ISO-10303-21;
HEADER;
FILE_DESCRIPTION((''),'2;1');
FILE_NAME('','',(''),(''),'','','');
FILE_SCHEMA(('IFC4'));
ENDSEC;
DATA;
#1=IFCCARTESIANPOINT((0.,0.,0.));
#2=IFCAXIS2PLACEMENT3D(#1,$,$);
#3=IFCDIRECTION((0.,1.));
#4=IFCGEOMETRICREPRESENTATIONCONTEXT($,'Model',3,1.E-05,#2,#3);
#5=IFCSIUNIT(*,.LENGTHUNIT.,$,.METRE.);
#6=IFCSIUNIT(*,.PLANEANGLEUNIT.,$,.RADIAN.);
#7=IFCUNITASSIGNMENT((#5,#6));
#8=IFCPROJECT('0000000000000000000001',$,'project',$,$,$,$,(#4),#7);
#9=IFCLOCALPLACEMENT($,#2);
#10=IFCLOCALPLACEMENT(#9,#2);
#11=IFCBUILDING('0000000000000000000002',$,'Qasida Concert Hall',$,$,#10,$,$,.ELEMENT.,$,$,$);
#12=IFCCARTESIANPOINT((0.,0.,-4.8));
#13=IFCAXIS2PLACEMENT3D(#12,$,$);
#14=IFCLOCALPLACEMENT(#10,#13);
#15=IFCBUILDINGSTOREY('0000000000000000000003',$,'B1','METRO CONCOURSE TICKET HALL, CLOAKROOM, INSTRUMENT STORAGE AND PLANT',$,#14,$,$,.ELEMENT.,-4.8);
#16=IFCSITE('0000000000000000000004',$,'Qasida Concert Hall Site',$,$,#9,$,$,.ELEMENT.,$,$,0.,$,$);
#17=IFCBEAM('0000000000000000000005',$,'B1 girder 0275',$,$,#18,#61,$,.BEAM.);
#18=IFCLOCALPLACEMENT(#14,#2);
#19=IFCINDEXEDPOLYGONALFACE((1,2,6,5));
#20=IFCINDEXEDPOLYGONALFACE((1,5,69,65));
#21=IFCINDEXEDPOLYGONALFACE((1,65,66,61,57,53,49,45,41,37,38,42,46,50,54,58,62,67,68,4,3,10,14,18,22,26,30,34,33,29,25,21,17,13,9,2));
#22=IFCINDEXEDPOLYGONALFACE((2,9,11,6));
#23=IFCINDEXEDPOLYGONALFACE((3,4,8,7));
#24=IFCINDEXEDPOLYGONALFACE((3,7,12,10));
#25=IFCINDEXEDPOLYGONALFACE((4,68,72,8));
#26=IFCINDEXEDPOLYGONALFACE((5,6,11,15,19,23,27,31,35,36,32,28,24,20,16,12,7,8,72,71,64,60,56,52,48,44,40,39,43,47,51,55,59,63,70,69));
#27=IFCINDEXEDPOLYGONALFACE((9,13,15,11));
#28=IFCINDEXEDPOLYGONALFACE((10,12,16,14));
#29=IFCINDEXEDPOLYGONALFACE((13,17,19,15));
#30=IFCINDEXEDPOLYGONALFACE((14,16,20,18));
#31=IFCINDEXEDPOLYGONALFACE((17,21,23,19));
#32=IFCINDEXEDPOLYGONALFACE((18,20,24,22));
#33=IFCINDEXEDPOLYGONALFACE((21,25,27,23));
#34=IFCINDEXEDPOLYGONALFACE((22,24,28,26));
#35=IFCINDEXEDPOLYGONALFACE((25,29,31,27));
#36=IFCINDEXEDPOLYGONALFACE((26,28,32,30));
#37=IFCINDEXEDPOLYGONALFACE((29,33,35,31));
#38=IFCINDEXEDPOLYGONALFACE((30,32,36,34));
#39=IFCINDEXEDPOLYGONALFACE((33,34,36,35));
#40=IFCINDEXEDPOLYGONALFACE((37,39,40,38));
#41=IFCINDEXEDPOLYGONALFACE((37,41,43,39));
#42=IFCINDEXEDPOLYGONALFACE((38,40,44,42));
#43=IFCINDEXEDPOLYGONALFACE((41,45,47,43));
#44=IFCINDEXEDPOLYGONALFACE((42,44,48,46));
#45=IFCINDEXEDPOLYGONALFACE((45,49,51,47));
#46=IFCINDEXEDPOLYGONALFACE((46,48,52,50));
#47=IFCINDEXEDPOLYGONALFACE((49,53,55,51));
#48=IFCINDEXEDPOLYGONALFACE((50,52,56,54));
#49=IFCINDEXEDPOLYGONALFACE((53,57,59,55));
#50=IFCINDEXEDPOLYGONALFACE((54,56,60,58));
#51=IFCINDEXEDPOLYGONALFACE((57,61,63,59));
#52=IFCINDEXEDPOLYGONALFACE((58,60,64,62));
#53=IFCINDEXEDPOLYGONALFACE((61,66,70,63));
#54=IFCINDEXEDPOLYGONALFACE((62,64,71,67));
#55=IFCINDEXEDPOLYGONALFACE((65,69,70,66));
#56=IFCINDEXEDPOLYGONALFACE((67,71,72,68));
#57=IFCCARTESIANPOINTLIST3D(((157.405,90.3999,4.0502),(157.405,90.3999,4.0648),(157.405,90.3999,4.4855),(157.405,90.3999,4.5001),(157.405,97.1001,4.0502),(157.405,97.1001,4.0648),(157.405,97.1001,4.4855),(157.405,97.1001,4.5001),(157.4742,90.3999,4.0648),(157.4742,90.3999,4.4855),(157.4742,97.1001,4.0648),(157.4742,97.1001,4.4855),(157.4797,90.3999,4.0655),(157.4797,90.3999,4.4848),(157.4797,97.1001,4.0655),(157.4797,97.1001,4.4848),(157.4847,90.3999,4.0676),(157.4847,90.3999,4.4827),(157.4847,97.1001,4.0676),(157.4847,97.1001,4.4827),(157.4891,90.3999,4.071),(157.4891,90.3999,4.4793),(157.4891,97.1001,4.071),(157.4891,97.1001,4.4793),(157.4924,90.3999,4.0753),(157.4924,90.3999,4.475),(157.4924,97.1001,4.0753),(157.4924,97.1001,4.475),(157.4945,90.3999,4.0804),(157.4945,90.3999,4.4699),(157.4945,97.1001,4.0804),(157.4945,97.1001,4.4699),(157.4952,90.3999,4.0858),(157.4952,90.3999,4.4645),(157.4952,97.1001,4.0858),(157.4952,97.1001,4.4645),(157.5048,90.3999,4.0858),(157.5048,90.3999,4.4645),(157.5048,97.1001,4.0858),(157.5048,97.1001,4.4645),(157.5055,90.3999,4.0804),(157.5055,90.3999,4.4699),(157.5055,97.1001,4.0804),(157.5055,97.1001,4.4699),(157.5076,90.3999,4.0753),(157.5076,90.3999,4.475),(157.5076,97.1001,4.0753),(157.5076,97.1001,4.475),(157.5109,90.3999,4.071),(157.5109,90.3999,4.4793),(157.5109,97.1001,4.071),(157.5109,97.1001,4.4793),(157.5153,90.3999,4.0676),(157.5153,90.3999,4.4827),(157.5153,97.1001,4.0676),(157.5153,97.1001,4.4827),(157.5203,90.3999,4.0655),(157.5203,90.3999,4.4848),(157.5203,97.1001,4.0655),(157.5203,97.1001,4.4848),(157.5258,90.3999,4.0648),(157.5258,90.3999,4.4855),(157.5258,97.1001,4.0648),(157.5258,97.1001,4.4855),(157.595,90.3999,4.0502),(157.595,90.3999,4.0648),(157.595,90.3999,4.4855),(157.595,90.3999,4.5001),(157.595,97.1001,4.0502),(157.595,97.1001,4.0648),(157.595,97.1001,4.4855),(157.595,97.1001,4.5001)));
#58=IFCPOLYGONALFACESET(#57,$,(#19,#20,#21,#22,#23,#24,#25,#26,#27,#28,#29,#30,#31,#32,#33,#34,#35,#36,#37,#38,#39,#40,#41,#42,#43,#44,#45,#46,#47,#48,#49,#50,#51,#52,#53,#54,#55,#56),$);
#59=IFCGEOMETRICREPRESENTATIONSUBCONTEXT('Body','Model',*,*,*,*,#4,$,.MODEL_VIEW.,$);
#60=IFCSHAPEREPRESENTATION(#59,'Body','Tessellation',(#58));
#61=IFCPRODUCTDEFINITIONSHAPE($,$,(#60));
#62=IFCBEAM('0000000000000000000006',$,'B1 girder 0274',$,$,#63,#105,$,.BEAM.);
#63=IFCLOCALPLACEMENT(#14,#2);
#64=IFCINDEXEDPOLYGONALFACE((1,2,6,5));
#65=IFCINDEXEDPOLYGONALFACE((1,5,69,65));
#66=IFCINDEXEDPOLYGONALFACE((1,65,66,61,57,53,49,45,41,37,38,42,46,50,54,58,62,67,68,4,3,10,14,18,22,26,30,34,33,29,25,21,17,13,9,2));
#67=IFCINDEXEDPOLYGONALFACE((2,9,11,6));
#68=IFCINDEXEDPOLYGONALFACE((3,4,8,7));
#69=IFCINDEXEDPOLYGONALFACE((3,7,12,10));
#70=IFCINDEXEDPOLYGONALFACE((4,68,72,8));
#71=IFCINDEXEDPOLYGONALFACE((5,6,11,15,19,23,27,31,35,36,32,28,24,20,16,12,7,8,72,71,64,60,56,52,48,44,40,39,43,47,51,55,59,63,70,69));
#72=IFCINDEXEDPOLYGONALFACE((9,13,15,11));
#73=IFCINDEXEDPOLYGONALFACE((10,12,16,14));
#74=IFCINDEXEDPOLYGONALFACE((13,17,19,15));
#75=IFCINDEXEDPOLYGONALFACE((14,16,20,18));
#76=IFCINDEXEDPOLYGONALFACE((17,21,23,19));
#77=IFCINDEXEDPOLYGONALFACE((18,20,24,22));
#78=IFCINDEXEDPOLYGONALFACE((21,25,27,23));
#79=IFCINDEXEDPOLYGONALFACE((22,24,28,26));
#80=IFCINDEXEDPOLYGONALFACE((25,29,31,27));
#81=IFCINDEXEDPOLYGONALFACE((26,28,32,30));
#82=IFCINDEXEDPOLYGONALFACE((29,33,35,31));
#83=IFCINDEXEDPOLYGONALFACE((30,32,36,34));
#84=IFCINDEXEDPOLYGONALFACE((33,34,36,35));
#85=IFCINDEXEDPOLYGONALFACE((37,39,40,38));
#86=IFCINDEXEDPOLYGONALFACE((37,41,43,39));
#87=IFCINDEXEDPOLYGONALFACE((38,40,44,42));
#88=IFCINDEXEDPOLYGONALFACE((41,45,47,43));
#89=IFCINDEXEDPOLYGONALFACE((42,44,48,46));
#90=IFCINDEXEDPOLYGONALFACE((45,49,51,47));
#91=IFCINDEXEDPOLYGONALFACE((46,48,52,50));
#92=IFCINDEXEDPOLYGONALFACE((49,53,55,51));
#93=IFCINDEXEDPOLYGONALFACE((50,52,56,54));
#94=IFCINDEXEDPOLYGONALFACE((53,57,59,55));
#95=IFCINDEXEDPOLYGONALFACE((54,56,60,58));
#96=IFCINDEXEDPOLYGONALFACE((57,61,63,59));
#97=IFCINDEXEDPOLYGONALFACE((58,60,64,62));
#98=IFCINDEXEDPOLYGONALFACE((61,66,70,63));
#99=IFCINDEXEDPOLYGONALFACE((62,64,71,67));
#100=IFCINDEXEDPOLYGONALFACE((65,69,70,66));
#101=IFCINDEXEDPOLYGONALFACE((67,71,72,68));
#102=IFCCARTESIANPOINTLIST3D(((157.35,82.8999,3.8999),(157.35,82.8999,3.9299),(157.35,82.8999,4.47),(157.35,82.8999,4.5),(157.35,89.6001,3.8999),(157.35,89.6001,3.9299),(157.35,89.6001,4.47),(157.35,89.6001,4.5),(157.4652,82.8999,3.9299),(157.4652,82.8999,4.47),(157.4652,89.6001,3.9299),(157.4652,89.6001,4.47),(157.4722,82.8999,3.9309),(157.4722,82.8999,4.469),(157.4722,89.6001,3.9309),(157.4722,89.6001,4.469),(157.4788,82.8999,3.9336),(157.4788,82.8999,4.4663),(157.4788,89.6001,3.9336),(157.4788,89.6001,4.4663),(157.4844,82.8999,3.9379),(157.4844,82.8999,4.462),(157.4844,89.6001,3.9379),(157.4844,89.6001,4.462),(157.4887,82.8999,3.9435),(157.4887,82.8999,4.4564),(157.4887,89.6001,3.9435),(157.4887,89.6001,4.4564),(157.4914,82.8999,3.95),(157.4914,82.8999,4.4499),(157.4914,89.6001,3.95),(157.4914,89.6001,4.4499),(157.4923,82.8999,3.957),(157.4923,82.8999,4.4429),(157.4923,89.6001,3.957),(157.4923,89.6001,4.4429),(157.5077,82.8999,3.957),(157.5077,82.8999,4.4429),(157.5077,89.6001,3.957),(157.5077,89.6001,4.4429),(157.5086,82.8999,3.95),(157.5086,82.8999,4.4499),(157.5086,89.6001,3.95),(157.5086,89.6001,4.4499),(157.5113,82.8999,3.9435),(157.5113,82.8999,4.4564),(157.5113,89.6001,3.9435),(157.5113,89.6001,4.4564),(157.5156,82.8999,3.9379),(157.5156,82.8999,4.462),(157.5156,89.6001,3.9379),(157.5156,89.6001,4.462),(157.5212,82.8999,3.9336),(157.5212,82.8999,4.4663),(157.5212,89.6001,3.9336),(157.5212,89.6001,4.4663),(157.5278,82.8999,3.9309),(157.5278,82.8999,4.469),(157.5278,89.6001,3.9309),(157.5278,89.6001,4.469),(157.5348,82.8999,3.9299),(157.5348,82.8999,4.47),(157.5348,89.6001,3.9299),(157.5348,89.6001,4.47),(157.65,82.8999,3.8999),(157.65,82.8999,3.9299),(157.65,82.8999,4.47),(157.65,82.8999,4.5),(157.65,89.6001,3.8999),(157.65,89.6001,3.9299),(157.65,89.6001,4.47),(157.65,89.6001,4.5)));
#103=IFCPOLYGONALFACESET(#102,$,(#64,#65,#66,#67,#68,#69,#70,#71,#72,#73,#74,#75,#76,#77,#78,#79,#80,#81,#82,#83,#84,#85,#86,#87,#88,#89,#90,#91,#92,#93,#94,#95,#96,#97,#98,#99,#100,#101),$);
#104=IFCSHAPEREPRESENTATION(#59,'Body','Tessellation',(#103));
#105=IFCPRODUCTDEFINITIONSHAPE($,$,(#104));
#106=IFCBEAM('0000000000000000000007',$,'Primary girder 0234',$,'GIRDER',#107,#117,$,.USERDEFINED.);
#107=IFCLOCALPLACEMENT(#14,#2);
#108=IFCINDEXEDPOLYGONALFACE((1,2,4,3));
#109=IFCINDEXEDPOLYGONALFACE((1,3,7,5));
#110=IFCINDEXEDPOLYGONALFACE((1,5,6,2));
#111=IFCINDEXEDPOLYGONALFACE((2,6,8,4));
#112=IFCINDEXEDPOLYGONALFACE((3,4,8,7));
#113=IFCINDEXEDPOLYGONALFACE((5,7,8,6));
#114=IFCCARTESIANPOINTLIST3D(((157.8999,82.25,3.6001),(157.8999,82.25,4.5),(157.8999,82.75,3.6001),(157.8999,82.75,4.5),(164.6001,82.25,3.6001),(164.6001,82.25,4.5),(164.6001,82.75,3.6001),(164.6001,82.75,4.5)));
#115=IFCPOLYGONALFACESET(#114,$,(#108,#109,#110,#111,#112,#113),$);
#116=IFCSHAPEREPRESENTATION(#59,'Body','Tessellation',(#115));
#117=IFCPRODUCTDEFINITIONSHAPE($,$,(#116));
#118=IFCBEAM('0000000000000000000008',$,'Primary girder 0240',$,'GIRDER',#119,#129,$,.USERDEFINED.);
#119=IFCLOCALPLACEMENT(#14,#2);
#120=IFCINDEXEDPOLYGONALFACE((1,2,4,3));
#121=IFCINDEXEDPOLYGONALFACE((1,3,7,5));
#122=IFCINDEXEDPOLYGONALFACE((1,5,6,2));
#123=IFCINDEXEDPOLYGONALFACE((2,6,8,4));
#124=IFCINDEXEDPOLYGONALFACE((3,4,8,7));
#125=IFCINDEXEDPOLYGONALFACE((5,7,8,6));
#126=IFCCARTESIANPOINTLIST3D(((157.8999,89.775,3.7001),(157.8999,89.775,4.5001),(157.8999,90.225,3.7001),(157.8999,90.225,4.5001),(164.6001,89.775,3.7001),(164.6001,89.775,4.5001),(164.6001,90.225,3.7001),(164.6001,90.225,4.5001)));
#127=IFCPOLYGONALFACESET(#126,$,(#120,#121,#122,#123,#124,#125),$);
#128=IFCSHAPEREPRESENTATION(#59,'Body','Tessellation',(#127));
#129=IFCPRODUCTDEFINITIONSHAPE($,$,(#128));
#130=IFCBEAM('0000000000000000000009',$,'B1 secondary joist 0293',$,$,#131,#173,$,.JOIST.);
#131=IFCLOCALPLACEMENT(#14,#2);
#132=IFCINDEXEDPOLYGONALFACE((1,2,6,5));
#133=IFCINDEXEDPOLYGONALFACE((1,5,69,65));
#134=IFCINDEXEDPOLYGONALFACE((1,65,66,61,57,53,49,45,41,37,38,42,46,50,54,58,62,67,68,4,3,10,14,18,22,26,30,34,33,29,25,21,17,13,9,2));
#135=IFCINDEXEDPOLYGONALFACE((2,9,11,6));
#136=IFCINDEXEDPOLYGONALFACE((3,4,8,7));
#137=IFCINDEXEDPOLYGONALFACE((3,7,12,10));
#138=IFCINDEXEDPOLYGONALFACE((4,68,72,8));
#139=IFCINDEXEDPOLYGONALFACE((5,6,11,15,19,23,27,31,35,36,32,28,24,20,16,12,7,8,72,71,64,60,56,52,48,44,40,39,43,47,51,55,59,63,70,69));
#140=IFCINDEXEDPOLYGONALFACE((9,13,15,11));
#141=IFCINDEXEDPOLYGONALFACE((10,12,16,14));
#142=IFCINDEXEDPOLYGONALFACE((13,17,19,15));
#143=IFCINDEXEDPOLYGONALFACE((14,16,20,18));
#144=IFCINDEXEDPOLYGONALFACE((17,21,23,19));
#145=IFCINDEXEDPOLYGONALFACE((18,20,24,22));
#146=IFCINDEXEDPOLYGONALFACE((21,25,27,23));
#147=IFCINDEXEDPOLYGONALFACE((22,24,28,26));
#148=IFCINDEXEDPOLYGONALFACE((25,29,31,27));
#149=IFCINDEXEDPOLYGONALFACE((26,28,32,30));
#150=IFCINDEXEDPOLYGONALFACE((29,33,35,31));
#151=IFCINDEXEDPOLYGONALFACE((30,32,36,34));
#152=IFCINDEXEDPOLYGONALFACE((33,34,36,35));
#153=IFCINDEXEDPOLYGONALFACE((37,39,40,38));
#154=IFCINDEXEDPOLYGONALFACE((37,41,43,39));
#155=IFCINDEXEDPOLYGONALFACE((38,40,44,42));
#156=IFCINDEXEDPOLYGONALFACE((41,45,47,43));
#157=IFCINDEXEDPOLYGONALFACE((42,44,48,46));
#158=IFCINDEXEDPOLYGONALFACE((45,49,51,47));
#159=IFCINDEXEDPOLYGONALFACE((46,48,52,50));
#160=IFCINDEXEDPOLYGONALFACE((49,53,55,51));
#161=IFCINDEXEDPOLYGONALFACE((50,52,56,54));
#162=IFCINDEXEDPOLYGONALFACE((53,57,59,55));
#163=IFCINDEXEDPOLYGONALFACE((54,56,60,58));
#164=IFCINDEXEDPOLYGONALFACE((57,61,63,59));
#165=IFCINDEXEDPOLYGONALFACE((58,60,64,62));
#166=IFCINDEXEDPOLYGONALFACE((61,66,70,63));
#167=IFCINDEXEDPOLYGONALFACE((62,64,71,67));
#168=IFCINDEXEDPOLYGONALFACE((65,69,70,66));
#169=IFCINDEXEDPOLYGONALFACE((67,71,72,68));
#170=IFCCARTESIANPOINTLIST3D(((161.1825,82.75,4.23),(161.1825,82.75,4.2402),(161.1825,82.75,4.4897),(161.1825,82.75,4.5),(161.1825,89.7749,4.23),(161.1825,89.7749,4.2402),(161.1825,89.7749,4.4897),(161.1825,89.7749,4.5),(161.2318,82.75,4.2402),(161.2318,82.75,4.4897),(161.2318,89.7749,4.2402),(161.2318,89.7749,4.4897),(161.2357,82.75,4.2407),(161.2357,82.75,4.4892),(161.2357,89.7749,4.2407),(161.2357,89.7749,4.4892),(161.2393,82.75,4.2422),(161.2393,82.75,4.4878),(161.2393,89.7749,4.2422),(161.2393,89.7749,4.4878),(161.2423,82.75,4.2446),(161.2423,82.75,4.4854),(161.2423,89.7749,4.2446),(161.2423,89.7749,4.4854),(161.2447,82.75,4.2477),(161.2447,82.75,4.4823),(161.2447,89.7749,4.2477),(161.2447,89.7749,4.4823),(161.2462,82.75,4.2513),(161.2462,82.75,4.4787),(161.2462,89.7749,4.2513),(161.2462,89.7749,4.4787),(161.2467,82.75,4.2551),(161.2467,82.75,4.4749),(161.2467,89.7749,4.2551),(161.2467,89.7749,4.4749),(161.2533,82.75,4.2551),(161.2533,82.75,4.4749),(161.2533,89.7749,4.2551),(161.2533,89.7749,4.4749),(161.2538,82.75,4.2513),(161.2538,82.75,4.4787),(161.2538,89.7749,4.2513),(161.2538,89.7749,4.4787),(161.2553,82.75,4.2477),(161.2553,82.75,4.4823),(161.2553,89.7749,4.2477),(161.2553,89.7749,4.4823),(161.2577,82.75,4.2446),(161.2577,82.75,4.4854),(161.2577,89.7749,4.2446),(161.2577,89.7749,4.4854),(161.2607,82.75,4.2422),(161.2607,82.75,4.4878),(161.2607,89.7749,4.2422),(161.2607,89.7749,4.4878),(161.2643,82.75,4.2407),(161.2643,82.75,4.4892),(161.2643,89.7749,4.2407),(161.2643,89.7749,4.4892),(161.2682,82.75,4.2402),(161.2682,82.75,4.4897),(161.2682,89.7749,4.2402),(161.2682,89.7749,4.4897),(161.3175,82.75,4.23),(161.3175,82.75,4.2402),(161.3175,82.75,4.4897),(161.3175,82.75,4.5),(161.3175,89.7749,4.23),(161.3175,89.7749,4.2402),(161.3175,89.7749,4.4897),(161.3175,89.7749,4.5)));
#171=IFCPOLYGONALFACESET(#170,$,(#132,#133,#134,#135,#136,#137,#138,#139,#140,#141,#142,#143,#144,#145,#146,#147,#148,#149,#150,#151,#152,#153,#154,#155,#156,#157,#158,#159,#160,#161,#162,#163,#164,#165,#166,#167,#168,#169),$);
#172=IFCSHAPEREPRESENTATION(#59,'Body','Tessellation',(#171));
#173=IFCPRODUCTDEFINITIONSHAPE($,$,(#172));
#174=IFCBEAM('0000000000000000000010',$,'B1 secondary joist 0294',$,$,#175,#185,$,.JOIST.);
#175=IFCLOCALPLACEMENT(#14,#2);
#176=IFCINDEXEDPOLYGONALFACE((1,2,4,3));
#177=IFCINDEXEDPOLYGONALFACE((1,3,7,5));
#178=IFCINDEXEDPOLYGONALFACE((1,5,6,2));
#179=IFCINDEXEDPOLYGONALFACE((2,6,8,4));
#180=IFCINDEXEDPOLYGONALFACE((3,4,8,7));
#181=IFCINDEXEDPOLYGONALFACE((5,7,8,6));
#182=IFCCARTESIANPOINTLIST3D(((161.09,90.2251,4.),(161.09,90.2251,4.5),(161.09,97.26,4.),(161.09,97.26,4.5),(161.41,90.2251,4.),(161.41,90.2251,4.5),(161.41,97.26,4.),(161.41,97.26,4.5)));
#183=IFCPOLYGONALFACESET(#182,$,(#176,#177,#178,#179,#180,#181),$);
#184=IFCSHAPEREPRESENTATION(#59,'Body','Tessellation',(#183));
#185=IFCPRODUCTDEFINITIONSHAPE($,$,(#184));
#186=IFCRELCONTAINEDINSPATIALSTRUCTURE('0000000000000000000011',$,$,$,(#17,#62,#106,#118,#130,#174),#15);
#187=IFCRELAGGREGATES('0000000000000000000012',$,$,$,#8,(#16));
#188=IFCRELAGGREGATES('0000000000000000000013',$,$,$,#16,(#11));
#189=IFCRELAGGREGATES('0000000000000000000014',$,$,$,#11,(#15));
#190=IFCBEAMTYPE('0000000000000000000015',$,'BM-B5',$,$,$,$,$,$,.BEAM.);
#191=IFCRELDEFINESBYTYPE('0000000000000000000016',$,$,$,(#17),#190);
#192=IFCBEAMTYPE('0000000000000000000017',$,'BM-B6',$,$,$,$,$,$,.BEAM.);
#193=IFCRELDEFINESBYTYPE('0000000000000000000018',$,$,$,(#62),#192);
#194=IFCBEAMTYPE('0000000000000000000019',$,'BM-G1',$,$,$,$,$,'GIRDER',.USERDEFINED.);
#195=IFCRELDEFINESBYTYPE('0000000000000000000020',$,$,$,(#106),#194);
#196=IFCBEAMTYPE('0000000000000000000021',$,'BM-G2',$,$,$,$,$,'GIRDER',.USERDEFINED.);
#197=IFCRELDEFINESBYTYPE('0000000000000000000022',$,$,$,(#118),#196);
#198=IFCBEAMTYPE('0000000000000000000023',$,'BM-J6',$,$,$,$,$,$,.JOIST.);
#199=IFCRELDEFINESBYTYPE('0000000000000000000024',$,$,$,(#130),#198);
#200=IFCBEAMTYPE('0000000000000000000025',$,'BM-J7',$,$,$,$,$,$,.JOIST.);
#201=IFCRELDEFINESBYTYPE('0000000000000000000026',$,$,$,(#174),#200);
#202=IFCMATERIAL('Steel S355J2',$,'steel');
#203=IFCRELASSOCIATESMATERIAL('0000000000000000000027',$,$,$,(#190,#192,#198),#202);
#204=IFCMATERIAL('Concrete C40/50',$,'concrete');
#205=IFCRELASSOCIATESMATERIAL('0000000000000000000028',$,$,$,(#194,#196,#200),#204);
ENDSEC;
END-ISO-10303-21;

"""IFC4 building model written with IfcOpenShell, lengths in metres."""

from ifc_helpers import new_model, si_unit, direction, frame, origin, origin_2d, place, context, subcontext, project, spatial, rectangle, i_section, extrude, material, material_profile, profile_set, type_object, element, save


model = new_model("IFC4")

# Units and contexts
model_context = context("Model", 3, precision=1e-05, world=origin(), true_north=direction((0.0, 1.0)))
body_context = subcontext(model_context, "Body", "Model", "MODEL_VIEW")
ifc_project = project(units=[si_unit("LENGTHUNIT", "METRE"), si_unit("PLANEANGLEUNIT", "RADIAN")], contexts=[model_context])

# Site, building, storey
site_placement = place(None, origin())
site = spatial("IfcSite", under=ifc_project, at=site_placement, Name="Qasida Concert Hall Site", CompositionType="ELEMENT", RefElevation=0.0)
building_placement = place(site_placement, origin())
building = spatial("IfcBuilding", under=site, at=building_placement, Name="Qasida Concert Hall", CompositionType="ELEMENT")
storey_placement = place(building_placement, frame((0.0, 0.0, -4.8)))
storey = spatial("IfcBuildingStorey", under=building, at=storey_placement, Name="B1", Description="METRO CONCOURSE TICKET HALL, CLOAKROOM, INSTRUMENT STORAGE AND PLANT", CompositionType="ELEMENT", Elevation=-4.8)

# Shared definitions
ifc_material_1 = material(Name="Concrete C40/50", Category="concrete")

# Beams
ifc_material_2 = material(Name="Steel S355J2", Category="steel")
ifc_material_profile_1 = material_profile(ifc_material_2, i_section(OverallWidth=0.1899, OverallDepth=0.45, WebThickness=0.0095, FlangeThickness=0.0146, FilletRadius=0.021, at=origin_2d()), Name="IPE 450")
ifc_profile_set_1 = profile_set([ifc_material_profile_1], Name="Steel S355J2")
beam_type_1 = type_object("IfcBeamType", Name="BM-B5", PredefinedType="BEAM", material=ifc_profile_set_1)
beam_1_placement = place(storey_placement, frame((157.5, 90.3999, 4.2751), z_axis=(0.0, 1.0, 0.0), x_axis=(-1.0, 0.0, 0.0)))
element("IfcBeam", 1, at=beam_1_placement, inside=storey, type_object=beam_type_1, Name="B1 girder 0275", PredefinedType="BEAM", context=body_context, shape_type="SweptSolid", body=[
    extrude(i_section(OverallWidth=0.1899, OverallDepth=0.45, WebThickness=0.0095, FlangeThickness=0.0146, FilletRadius=0.021, at=origin_2d()), origin(), (0.0, 0.0, 1.0), 6.7002),
])
ifc_material_profile_2 = material_profile(ifc_material_2, i_section(OverallWidth=0.3, OverallDepth=0.6001, WebThickness=0.0154, FlangeThickness=0.03, FilletRadius=0.0271, at=origin_2d()), Name="HEB 600")
ifc_profile_set_2 = profile_set([ifc_material_profile_2], Name="Steel S355J2")
beam_type_2 = type_object("IfcBeamType", Name="BM-B6", PredefinedType="BEAM", material=ifc_profile_set_2)
beam_2_placement = place(storey_placement, frame((157.5, 82.8999, 4.2), z_axis=(0.0, 1.0, 0.0), x_axis=(-1.0, 0.0, 0.0)))
element("IfcBeam", 2, at=beam_2_placement, inside=storey, type_object=beam_type_2, Name="B1 girder 0274", PredefinedType="BEAM", context=body_context, shape_type="SweptSolid", body=[
    extrude(i_section(OverallWidth=0.3, OverallDepth=0.6001, WebThickness=0.0154, FlangeThickness=0.03, FilletRadius=0.0271, at=origin_2d()), origin(), (0.0, 0.0, 1.0), 6.7002),
])
ifc_material_profile_3 = material_profile(ifc_material_1, rectangle(XDim=0.5, YDim=0.8999, at=origin_2d()), Name="RC 500x900")
ifc_profile_set_3 = profile_set([ifc_material_profile_3], Name="Concrete C40/50")
beam_type_3 = type_object("IfcBeamType", Name="BM-G1", ElementType="GIRDER", PredefinedType="USERDEFINED", material=ifc_profile_set_3)
beam_3_placement = place(storey_placement, frame((157.8999, 82.5, 4.05), z_axis=(1.0, 0.0, 0.0), x_axis=(0.0, 1.0, 0.0)))
element("IfcBeam", 3, at=beam_3_placement, inside=storey, type_object=beam_type_3, Name="Primary girder 0234", ObjectType="GIRDER", PredefinedType="USERDEFINED", context=body_context, shape_type="SweptSolid", body=[
    extrude(rectangle(XDim=0.5, YDim=0.8999, at=origin_2d()), origin(), (0.0, 0.0, 1.0), 6.7002),
])
ifc_material_profile_4 = material_profile(ifc_material_1, rectangle(XDim=0.45, YDim=0.8, at=origin_2d()), Name="RC 450x800")
ifc_profile_set_4 = profile_set([ifc_material_profile_4], Name="Concrete C40/50")
beam_type_4 = type_object("IfcBeamType", Name="BM-G2", ElementType="GIRDER", PredefinedType="USERDEFINED", material=ifc_profile_set_4)
beam_4_placement = place(storey_placement, frame((157.8999, 90.0, 4.1001), z_axis=(1.0, 0.0, 0.0), x_axis=(0.0, 1.0, 0.0)))
element("IfcBeam", 4, at=beam_4_placement, inside=storey, type_object=beam_type_4, Name="Primary girder 0240", ObjectType="GIRDER", PredefinedType="USERDEFINED", context=body_context, shape_type="SweptSolid", body=[
    extrude(rectangle(XDim=0.45, YDim=0.8, at=origin_2d()), origin(), (0.0, 0.0, 1.0), 6.7002),
])
ifc_material_profile_5 = material_profile(ifc_material_2, i_section(OverallWidth=0.135, OverallDepth=0.27, WebThickness=0.0066, FlangeThickness=0.0103, FilletRadius=0.0149, at=origin_2d()), Name="IPE 270")
ifc_profile_set_5 = profile_set([ifc_material_profile_5], Name="Steel S355J2")
beam_type_5 = type_object("IfcBeamType", Name="BM-J6", PredefinedType="JOIST", material=ifc_profile_set_5)
beam_5_placement = place(storey_placement, frame((161.25, 82.75, 4.365), z_axis=(0.0, 1.0, 0.0), x_axis=(-1.0, 0.0, 0.0)))
element("IfcBeam", 5, at=beam_5_placement, inside=storey, type_object=beam_type_5, Name="B1 secondary joist 0293", PredefinedType="JOIST", context=body_context, shape_type="SweptSolid", body=[
    extrude(i_section(OverallWidth=0.135, OverallDepth=0.27, WebThickness=0.0066, FlangeThickness=0.0103, FilletRadius=0.0149, at=origin_2d()), origin(), (0.0, 0.0, 1.0), 7.0249),
])
ifc_material_profile_6 = material_profile(ifc_material_1, rectangle(XDim=0.3201, YDim=0.5, at=origin_2d()), Name="RC 320x500")
ifc_profile_set_6 = profile_set([ifc_material_profile_6], Name="Concrete C40/50")
beam_type_6 = type_object("IfcBeamType", Name="BM-J7", PredefinedType="JOIST", material=ifc_profile_set_6)
beam_6_placement = place(storey_placement, frame((161.25, 90.2251, 4.25), z_axis=(0.0, 1.0, 0.0), x_axis=(-1.0, 0.0, 0.0)))
element("IfcBeam", 6, at=beam_6_placement, inside=storey, type_object=beam_type_6, Name="B1 secondary joist 0294", PredefinedType="JOIST", context=body_context, shape_type="SweptSolid", body=[
    extrude(rectangle(XDim=0.3201, YDim=0.5, at=origin_2d()), origin(), (0.0, 0.0, 1.0), 7.0349),
])

save(model, "model.ifc")
